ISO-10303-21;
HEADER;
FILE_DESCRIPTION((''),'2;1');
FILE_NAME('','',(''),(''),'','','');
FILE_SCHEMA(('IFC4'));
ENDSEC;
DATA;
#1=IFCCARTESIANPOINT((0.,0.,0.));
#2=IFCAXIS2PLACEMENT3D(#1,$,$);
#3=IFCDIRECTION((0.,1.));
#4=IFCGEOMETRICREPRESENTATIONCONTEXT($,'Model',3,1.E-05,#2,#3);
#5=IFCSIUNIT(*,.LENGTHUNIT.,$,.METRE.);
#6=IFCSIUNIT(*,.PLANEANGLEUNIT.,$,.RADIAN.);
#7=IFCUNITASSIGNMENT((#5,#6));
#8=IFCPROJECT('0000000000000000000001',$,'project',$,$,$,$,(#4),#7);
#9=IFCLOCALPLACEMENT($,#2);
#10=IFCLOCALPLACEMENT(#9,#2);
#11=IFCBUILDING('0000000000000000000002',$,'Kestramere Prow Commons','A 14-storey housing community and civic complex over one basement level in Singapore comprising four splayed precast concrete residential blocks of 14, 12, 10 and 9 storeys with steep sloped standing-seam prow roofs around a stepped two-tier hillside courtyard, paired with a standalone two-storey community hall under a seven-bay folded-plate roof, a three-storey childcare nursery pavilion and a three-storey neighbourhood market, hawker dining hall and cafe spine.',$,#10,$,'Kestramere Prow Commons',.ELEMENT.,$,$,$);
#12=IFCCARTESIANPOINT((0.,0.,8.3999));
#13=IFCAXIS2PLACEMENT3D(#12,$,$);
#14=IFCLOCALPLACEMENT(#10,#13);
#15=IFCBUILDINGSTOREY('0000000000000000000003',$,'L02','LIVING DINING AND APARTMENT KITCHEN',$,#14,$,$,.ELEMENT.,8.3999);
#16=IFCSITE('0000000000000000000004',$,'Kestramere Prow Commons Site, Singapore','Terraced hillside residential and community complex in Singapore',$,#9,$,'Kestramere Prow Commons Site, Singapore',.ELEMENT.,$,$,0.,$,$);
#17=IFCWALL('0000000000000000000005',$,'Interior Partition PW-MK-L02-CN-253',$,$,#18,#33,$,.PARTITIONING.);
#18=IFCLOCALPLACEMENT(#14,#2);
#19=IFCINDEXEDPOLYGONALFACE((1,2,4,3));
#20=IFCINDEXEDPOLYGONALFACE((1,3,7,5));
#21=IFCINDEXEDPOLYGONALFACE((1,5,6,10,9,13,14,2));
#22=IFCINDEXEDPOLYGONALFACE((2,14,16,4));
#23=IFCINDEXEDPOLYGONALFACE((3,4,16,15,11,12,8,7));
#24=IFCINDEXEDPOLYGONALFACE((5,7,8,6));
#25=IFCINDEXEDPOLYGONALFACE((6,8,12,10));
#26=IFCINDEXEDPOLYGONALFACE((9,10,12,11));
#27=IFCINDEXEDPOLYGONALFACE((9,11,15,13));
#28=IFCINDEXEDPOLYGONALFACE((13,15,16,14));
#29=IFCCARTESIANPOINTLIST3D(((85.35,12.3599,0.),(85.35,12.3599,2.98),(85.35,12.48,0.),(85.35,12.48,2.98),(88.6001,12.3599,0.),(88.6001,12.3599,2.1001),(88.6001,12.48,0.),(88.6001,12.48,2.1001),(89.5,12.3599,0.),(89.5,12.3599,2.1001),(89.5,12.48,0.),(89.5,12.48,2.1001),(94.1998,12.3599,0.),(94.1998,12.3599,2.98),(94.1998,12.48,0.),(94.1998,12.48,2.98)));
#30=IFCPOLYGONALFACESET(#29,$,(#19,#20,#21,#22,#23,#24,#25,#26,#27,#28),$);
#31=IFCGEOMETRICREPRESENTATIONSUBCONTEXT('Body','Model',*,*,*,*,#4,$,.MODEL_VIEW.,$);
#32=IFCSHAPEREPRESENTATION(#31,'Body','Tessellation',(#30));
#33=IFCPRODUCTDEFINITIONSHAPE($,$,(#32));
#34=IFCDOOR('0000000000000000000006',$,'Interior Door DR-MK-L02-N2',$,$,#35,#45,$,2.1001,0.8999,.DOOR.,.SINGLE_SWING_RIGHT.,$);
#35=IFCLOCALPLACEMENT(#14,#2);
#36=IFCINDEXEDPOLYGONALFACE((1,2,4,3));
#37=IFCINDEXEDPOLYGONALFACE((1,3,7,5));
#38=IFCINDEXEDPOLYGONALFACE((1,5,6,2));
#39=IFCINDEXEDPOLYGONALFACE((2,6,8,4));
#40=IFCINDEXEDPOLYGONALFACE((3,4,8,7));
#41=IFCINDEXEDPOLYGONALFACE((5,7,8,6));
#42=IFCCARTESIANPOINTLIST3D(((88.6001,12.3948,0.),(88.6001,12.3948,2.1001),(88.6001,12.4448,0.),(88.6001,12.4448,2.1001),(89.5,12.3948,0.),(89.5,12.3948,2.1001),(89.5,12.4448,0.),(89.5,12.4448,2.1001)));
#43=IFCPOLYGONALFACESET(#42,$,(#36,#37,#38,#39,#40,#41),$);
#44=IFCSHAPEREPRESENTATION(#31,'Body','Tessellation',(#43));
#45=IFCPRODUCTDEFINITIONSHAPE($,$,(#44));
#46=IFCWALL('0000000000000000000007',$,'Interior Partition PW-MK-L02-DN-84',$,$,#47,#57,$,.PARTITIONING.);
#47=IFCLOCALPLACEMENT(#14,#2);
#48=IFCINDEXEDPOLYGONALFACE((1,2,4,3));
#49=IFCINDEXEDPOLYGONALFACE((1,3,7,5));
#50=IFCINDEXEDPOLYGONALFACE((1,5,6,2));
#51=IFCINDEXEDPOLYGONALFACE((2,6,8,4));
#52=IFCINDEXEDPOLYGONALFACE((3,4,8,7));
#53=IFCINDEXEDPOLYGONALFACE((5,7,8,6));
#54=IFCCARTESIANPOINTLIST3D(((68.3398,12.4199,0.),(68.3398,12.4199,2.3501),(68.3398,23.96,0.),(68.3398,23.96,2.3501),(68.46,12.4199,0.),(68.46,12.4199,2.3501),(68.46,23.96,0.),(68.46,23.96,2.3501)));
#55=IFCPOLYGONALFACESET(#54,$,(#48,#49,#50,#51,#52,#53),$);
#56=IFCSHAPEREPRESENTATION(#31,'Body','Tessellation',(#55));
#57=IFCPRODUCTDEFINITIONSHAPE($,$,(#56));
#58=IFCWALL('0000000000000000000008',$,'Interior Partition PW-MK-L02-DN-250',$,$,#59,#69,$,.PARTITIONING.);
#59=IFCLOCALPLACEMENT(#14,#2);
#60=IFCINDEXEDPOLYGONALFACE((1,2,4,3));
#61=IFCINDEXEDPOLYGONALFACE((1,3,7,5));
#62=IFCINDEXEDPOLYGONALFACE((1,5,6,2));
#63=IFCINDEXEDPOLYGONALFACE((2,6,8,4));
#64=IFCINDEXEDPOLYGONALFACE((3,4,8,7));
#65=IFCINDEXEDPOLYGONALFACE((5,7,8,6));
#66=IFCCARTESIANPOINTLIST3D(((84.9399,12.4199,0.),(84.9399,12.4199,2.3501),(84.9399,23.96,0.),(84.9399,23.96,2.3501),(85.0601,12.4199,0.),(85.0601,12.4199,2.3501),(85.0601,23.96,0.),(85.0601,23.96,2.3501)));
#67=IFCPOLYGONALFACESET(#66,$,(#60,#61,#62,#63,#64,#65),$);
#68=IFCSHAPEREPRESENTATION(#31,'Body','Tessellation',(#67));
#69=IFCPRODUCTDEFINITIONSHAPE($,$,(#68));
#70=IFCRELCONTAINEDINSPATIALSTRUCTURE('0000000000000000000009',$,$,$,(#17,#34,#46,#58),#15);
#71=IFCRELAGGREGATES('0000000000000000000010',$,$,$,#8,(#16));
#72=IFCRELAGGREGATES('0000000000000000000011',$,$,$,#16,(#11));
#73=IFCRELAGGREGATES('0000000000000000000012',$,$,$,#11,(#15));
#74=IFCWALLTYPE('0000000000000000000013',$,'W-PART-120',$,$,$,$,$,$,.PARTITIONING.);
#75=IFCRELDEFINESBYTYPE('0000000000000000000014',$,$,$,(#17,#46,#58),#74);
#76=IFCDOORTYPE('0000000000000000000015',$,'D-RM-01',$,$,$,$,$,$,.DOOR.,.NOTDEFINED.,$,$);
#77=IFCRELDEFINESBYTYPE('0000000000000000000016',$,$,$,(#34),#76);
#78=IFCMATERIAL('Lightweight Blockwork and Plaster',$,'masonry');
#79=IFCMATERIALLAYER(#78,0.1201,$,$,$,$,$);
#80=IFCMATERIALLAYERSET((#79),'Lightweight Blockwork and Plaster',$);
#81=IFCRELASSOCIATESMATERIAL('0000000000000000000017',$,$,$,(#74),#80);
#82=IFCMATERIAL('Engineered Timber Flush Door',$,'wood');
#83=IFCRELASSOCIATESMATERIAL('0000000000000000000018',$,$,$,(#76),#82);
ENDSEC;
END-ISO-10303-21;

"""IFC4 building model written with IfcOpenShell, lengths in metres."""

from ifc_helpers import new_model, si_unit, direction, frame, frame_2d, origin, place, context, subcontext, project, spatial, rectangle, extrude, material, layer, layer_set, type_object, element, fill, save


model = new_model("IFC4")

# Units and contexts
model_context = context("Model", 3, precision=1e-05, world=origin(), true_north=direction((0.0, 1.0)))
body_context = subcontext(model_context, "Body", "Model", "MODEL_VIEW")
ifc_project = project(units=[si_unit("LENGTHUNIT", "METRE"), si_unit("PLANEANGLEUNIT", "RADIAN")], contexts=[model_context])

# Site, building, storey
site_placement = place(None, origin())
site = spatial("IfcSite", under=ifc_project, at=site_placement, Name="Kestramere Prow Commons Site, Singapore", Description="Terraced hillside residential and community complex in Singapore", LongName="Kestramere Prow Commons Site, Singapore", CompositionType="ELEMENT", RefElevation=0.0)
building_placement = place(site_placement, origin())
building = spatial("IfcBuilding", under=site, at=building_placement, Name="Kestramere Prow Commons", Description="A 14-storey housing community and civic complex over one basement level in Singapore comprising four splayed precast concrete residential blocks of 14, 12, 10 and 9 storeys with steep sloped standing-seam prow roofs around a stepped two-tier hillside courtyard, paired with a standalone two-storey community hall under a seven-bay folded-plate roof, a three-storey childcare nursery pavilion and a three-storey neighbourhood market, hawker dining hall and cafe spine.", LongName="Kestramere Prow Commons", CompositionType="ELEMENT")
storey_placement = place(building_placement, frame((0.0, 0.0, 8.3999)))
storey = spatial("IfcBuildingStorey", under=building, at=storey_placement, Name="L02", Description="LIVING DINING AND APARTMENT KITCHEN", CompositionType="ELEMENT", Elevation=8.3999)

# Shared definitions
ifc_material_1 = material(Name="Lightweight Blockwork and Plaster", Category="masonry")
ifc_layer_1 = layer(ifc_material_1, 0.1201)
ifc_layer_set_1 = layer_set([ifc_layer_1], Name="Lightweight Blockwork and Plaster")
wall_type = type_object("IfcWallType", Name="W-PART-120", PredefinedType="PARTITIONING", material=ifc_layer_set_1)

# Wall, opening, door
wall_1_placement = place(storey_placement, frame((85.3501, 12.4199, 0.0), z_axis=(0.0, 0.0, 1.0), x_axis=(1.0, 0.0, 0.0)))
wall_1 = element("IfcWall", 1, at=wall_1_placement, inside=storey, type_object=wall_type, Name="Interior Partition PW-MK-L02-CN-253", PredefinedType="PARTITIONING", context=body_context, shape_type="SweptSolid", body=[
    extrude(rectangle(XDim=8.8499, YDim=0.1201, at=frame_2d((4.4248, 0.0))), origin(), (0.0, 0.0, 1.0), 2.98),
])
opening_1_placement = place(wall_1_placement, frame((3.25, 0.0, 0.0)))
opening_1 = element("IfcOpeningElement", 2, at=opening_1_placement, cuts=wall_1, PredefinedType="OPENING", context=body_context, shape_type="SweptSolid", body=[
    extrude(rectangle(XDim=0.8999, YDim=2.1001, at=frame_2d((0.45, 1.05))), frame((0.0, 0.075, 0.0), z_axis=(0.0, -1.0, 0.0), x_axis=(1.0, 0.0, 0.0)), (0.0, 0.0, 1.0), 0.1501),
])
ifc_material_2 = material(Name="Engineered Timber Flush Door", Category="wood")
door_type_1 = type_object("IfcDoorType", Name="D-RM-01", OperationType="NOTDEFINED", PredefinedType="DOOR", material=ifc_material_2)
door_1_placement = place(opening_1_placement, origin())
door_1 = element("IfcDoor", 3, at=door_1_placement, inside=storey, type_object=door_type_1, Name="Interior Door DR-MK-L02-N2", OperationType="SINGLE_SWING_RIGHT", OverallHeight=2.1001, OverallWidth=0.8999, PredefinedType="DOOR", context=body_context, shape_type="SweptSolid", body=[
    extrude(rectangle(XDim=0.8999, YDim=2.1001, at=frame_2d((0.45, 1.05))), frame((0.0, 0.0249, 0.0), z_axis=(0.0, -1.0, 0.0), x_axis=(1.0, 0.0, 0.0)), (0.0, 0.0, 1.0), 0.05),
])
fill(opening_1, door_1)

# Walls
for number, where, z_axis, x_axis, name in (
    (4, (68.3999, 12.4199, 0.0), (0.0, 0.0, 1.0), (0.0, 1.0, 0.0), "Interior Partition PW-MK-L02-DN-84"),
    (5, (85.0, 12.4199, 0.0), (0.0, 0.0, 1.0), (0.0, 1.0, 0.0), "Interior Partition PW-MK-L02-DN-250"),
):
    element("IfcWall", number, at=place(storey_placement, frame(where, z_axis=z_axis, x_axis=x_axis)), inside=storey, type_object=wall_type, Name=name, PredefinedType="PARTITIONING", context=body_context, shape_type="SweptSolid", body=[
        extrude(rectangle(XDim=11.54, YDim=0.1201, at=frame_2d((5.77, 0.0))), origin(), (0.0, 0.0, 1.0), 2.3501),
    ])

save(model, "model.ifc")
